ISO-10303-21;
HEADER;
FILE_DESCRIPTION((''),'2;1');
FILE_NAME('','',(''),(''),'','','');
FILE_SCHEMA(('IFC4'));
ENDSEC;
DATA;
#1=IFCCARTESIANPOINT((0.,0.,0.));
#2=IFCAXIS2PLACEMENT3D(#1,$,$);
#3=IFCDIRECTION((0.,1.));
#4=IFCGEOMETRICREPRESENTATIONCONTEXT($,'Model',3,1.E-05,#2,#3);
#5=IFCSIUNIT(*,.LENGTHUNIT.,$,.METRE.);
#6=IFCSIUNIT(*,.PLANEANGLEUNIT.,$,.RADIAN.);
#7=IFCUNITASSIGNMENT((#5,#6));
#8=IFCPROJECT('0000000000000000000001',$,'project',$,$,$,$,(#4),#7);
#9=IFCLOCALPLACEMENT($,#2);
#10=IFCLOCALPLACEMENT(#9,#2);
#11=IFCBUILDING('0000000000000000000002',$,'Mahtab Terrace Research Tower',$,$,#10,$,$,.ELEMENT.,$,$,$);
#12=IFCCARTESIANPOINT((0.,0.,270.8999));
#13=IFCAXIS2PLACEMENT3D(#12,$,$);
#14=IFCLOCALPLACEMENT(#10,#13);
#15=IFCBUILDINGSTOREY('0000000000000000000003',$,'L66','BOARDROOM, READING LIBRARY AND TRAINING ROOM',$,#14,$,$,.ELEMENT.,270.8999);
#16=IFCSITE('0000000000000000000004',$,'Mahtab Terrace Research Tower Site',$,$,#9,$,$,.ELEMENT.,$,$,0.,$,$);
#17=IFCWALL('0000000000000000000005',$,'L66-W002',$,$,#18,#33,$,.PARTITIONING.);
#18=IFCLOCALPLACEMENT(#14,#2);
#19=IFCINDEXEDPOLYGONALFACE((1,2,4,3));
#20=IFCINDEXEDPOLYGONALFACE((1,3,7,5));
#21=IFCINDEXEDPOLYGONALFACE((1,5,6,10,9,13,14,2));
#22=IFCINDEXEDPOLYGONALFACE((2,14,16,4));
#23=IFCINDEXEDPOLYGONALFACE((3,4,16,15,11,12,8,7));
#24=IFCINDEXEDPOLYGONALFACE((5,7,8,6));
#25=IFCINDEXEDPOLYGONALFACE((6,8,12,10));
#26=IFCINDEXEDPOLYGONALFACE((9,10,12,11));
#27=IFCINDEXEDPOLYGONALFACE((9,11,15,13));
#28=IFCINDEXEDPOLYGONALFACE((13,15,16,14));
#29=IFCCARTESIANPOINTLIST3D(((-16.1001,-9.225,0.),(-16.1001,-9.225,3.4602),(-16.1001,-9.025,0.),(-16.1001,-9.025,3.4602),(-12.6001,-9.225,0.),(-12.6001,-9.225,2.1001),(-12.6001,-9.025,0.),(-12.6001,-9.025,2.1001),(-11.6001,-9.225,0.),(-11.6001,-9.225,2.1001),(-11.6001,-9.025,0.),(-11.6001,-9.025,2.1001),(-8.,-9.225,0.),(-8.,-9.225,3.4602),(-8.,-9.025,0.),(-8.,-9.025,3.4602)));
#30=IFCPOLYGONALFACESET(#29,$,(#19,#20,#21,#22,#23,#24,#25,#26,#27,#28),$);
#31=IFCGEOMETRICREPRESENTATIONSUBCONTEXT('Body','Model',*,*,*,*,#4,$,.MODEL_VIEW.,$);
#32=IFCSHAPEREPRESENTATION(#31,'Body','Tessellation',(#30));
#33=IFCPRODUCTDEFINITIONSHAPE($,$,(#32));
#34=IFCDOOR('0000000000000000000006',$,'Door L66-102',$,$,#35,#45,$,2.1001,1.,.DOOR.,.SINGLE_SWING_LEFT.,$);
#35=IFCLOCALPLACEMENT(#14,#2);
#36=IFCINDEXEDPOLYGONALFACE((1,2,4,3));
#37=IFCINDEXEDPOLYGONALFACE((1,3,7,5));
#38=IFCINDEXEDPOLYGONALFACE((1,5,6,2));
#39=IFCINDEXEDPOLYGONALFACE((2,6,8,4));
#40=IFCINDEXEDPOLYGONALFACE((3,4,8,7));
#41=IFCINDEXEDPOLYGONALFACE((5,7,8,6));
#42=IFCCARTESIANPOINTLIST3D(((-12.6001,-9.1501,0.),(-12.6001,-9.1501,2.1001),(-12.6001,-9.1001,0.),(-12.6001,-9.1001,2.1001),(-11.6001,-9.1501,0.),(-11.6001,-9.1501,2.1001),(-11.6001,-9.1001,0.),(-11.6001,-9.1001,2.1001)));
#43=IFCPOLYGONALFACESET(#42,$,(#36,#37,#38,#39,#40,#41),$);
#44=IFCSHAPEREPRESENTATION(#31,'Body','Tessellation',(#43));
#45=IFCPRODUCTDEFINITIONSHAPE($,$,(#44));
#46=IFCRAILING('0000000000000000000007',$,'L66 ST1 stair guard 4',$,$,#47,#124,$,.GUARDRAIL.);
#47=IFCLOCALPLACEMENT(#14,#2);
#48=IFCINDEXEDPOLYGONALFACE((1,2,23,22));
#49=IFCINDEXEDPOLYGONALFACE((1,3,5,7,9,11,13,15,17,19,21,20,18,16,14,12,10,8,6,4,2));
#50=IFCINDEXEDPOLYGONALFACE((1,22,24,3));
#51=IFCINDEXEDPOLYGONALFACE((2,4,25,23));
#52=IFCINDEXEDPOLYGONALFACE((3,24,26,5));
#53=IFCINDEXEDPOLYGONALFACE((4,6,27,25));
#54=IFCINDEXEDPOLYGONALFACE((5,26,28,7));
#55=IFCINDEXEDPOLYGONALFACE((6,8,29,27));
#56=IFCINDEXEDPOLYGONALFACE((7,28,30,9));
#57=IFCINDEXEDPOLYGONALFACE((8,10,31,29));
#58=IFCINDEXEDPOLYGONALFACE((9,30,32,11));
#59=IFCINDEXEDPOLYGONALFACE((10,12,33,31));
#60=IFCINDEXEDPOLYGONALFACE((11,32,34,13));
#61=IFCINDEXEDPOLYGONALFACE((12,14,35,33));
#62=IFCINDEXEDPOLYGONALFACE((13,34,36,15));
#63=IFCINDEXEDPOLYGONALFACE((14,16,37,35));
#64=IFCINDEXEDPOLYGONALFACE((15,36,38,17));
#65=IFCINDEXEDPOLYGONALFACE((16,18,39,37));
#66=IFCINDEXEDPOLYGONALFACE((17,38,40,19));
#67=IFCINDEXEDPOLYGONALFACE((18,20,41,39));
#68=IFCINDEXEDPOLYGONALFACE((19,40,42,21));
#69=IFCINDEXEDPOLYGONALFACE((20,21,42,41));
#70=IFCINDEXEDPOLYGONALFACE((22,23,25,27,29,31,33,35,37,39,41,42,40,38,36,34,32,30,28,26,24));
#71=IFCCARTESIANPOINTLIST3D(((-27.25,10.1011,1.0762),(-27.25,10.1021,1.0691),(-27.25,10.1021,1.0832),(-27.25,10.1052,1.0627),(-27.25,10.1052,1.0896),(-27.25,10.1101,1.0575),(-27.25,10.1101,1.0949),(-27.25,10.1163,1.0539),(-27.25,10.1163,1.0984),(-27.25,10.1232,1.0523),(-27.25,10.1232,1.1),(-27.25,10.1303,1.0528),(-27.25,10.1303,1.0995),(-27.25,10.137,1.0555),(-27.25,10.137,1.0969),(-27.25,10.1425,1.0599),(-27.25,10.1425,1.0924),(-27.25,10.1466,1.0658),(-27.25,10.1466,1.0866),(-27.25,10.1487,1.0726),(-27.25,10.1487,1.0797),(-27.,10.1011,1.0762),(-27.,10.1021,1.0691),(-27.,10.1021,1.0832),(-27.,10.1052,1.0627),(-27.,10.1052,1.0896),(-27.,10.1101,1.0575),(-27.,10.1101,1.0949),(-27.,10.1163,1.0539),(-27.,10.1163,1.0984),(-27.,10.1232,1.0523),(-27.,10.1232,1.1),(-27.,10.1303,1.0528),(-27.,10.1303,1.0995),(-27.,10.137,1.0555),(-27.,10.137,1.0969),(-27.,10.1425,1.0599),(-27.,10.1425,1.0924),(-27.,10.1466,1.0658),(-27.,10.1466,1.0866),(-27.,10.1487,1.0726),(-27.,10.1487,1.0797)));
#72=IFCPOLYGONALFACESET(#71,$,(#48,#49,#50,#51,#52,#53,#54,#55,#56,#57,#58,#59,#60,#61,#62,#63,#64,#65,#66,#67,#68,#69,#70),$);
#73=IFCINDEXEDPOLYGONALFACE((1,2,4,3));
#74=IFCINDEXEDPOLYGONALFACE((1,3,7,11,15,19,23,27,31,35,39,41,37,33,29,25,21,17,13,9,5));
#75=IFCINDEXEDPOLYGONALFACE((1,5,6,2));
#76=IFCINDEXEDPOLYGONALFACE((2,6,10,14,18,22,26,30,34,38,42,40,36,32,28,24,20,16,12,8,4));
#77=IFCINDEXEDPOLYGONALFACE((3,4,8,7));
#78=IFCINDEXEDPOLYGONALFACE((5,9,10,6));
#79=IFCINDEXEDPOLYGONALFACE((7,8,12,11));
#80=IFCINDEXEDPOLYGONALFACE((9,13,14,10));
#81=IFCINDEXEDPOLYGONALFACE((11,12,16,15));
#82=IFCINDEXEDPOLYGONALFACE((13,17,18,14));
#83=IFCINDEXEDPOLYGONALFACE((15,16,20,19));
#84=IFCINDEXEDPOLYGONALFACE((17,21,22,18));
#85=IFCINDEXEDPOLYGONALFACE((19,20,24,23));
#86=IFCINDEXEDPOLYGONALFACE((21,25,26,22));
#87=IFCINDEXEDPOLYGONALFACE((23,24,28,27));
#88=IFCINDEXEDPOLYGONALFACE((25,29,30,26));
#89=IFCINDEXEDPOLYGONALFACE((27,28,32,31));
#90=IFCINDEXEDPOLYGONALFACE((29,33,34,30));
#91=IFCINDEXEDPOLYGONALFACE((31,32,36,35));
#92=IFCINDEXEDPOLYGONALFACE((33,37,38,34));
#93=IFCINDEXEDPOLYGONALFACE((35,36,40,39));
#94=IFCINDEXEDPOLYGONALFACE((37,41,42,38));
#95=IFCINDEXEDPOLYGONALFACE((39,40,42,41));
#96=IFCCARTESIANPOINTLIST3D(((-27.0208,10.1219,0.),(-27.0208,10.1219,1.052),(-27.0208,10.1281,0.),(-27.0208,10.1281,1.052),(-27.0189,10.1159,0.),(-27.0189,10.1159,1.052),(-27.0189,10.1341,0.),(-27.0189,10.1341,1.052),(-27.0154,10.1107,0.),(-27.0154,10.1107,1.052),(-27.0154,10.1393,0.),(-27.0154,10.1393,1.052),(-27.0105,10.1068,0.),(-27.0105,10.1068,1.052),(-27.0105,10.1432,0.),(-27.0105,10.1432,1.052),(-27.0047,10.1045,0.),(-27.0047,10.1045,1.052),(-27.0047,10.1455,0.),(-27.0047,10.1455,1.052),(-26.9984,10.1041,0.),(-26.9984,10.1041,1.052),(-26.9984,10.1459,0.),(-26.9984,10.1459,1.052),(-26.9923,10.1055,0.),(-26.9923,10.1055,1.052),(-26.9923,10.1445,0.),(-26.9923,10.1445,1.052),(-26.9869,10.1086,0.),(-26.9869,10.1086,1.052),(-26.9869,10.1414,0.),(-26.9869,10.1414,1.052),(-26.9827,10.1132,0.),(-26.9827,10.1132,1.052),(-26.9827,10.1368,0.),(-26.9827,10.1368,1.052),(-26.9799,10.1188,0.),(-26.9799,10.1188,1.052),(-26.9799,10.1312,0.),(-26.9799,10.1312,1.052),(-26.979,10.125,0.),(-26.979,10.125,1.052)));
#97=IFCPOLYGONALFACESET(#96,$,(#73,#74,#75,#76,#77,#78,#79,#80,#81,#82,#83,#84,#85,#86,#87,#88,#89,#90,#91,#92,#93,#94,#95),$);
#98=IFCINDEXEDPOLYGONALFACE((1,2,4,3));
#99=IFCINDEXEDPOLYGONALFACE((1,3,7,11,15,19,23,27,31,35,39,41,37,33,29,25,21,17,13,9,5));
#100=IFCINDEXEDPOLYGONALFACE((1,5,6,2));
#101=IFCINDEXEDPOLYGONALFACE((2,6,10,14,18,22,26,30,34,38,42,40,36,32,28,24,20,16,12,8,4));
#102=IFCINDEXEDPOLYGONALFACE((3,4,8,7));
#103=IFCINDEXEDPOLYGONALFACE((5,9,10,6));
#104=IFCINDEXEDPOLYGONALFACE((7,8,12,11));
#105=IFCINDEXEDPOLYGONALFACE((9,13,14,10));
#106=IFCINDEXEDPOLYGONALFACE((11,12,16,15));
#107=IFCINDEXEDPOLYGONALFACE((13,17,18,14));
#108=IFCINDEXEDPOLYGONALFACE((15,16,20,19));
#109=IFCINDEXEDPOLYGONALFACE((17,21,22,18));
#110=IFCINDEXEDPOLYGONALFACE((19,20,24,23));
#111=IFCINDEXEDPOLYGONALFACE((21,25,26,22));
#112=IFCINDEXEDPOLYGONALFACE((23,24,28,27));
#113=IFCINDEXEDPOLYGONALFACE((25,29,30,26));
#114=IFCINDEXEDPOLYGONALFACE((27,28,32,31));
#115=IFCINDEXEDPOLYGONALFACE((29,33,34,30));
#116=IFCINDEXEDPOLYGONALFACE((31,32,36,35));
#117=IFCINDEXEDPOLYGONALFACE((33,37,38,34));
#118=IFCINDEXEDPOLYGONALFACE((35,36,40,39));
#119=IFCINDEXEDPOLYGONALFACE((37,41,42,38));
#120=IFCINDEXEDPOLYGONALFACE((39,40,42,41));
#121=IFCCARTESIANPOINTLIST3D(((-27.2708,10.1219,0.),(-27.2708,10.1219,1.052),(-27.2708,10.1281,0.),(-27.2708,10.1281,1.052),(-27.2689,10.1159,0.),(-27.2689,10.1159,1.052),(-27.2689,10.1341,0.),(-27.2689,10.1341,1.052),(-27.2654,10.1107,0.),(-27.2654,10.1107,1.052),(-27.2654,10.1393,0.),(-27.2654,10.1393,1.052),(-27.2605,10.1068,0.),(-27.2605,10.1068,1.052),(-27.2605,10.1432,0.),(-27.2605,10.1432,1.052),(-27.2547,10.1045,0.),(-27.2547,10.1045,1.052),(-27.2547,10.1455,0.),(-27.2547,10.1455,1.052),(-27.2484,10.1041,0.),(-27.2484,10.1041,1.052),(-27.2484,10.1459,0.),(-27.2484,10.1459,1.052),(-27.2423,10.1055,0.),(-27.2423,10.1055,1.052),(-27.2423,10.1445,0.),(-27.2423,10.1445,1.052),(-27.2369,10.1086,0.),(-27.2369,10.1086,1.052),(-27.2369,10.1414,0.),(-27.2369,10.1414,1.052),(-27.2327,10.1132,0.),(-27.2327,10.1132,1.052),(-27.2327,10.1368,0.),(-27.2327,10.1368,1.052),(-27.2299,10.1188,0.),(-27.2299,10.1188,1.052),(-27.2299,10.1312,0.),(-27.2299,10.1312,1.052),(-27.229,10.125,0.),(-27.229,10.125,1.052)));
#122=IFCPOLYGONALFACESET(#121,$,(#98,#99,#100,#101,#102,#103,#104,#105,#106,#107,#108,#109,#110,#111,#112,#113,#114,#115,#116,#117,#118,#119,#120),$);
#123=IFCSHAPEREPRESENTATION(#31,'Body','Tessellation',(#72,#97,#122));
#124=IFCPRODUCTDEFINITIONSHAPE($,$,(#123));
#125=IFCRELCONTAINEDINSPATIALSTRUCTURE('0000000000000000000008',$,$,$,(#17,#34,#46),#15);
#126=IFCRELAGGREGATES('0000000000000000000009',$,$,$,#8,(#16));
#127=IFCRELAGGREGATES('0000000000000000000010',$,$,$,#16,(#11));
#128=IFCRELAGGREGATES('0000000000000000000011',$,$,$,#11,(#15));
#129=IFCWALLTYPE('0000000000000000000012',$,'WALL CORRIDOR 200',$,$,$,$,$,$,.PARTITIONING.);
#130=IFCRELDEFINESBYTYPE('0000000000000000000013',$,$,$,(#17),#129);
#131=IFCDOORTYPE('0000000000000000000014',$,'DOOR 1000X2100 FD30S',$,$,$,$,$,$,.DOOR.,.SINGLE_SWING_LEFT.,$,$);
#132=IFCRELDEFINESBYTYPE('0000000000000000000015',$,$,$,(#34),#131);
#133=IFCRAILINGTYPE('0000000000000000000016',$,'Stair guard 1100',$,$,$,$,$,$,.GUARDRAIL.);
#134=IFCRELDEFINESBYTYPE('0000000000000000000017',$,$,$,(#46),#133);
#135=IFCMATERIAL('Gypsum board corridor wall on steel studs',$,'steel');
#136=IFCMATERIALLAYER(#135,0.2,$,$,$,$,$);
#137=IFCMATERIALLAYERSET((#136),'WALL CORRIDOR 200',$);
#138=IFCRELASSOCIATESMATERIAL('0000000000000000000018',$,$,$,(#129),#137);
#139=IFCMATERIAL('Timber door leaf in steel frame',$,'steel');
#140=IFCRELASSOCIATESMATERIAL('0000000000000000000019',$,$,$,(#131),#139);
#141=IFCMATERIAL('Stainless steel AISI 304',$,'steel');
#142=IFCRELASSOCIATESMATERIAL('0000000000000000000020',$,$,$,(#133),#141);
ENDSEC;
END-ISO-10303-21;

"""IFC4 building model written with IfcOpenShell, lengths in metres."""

from ifc_helpers import new_model, si_unit, direction, frame, frame_2d, origin, origin_2d, place, context, subcontext, project, spatial, rectangle, circle, extrude, material, layer, layer_set, type_object, element, fill, save


model = new_model("IFC4")

# Units and contexts
model_context = context("Model", 3, precision=1e-05, world=origin(), true_north=direction((0.0, 1.0)))
body_context = subcontext(model_context, "Body", "Model", "MODEL_VIEW")
ifc_project = project(units=[si_unit("LENGTHUNIT", "METRE"), si_unit("PLANEANGLEUNIT", "RADIAN")], contexts=[model_context])

# Site, building, storey
site_placement = place(None, origin())
site = spatial("IfcSite", under=ifc_project, at=site_placement, Name="Mahtab Terrace Research Tower Site", CompositionType="ELEMENT", RefElevation=0.0)
building_placement = place(site_placement, origin())
building = spatial("IfcBuilding", under=site, at=building_placement, Name="Mahtab Terrace Research Tower", CompositionType="ELEMENT")
storey_placement = place(building_placement, frame((0.0, 0.0, 270.8999)))
storey = spatial("IfcBuildingStorey", under=building, at=storey_placement, Name="L66", Description="BOARDROOM, READING LIBRARY AND TRAINING ROOM", CompositionType="ELEMENT", Elevation=270.8999)

# Wall, opening, door
ifc_material_1 = material(Name="Gypsum board corridor wall on steel studs", Category="steel")
ifc_layer_1 = layer(ifc_material_1, 0.2)
ifc_layer_set_1 = layer_set([ifc_layer_1], Name="WALL CORRIDOR 200")
wall_type_1 = type_object("IfcWallType", Name="WALL CORRIDOR 200", PredefinedType="PARTITIONING", material=ifc_layer_set_1)
wall_1_placement = place(storey_placement, frame((-16.1001, -9.125, 0.0), z_axis=(0.0, 0.0, 1.0), x_axis=(1.0, 0.0, 0.0)))
wall_1 = element("IfcWall", 1, at=wall_1_placement, inside=storey, type_object=wall_type_1, Name="L66-W002", PredefinedType="PARTITIONING", context=body_context, shape_type="SweptSolid", body=[
    extrude(rectangle(XDim=8.1001, YDim=0.2, at=frame_2d((4.05, 0.0))), origin(), (0.0, 0.0, 1.0), 3.4602),
])
opening_1_placement = place(wall_1_placement, frame((3.5, 0.0, 0.0)))
opening_1 = element("IfcOpeningElement", 2, at=opening_1_placement, cuts=wall_1, PredefinedType="OPENING", context=body_context, shape_type="SweptSolid", body=[
    extrude(rectangle(XDim=1.0, YDim=2.1001, at=frame_2d((0.5, 1.05))), frame((0.0, 0.1099, 0.0), z_axis=(0.0, -1.0, 0.0), x_axis=(1.0, 0.0, 0.0)), (0.0, 0.0, 1.0), 0.22),
])
ifc_material_2 = material(Name="Timber door leaf in steel frame", Category="steel")
door_type_1 = type_object("IfcDoorType", Name="DOOR 1000X2100 FD30S", OperationType="SINGLE_SWING_LEFT", PredefinedType="DOOR", material=ifc_material_2)
door_1_placement = place(opening_1_placement, origin())
door_1 = element("IfcDoor", 3, at=door_1_placement, inside=storey, type_object=door_type_1, Name="Door L66-102", OperationType="SINGLE_SWING_LEFT", OverallHeight=2.1001, OverallWidth=1.0, PredefinedType="DOOR", context=body_context, shape_type="SweptSolid", body=[
    extrude(rectangle(XDim=1.0, YDim=2.1001, at=frame_2d((0.5, 1.05))), frame((0.0, 0.0249, 0.0), z_axis=(0.0, -1.0, 0.0), x_axis=(1.0, 0.0, 0.0)), (0.0, 0.0, 1.0), 0.05),
])
fill(opening_1, door_1)

# Railing
ifc_material_3 = material(Name="Stainless steel AISI 304", Category="steel")
railing_type = type_object("IfcRailingType", Name="Stair guard 1100", PredefinedType="GUARDRAIL", material=ifc_material_3)
railing_placement = place(storey_placement, frame((-27.0, 10.125, 0.0)))
element("IfcRailing", 4, at=railing_placement, inside=storey, type_object=railing_type, Name="L66 ST1 stair guard 4", PredefinedType="GUARDRAIL", context=body_context, shape_type="SweptSolid", body=[
    extrude(circle(Radius=0.0239, at=origin_2d()), frame((0.0, 0.0, 1.0762), z_axis=(-1.0, 0.0, 0.0), x_axis=(0.0, -1.0, 0.0)), (0.0, 0.0, 1.0), 0.25),
    extrude(circle(Radius=0.021, at=origin_2d()), origin(), (0.0, 0.0, 1.0), 1.052),
    extrude(circle(Radius=0.021, at=origin_2d()), frame((-0.25, 0.0, 0.0)), (0.0, 0.0, 1.0), 1.052),
])

save(model, "model.ifc")
